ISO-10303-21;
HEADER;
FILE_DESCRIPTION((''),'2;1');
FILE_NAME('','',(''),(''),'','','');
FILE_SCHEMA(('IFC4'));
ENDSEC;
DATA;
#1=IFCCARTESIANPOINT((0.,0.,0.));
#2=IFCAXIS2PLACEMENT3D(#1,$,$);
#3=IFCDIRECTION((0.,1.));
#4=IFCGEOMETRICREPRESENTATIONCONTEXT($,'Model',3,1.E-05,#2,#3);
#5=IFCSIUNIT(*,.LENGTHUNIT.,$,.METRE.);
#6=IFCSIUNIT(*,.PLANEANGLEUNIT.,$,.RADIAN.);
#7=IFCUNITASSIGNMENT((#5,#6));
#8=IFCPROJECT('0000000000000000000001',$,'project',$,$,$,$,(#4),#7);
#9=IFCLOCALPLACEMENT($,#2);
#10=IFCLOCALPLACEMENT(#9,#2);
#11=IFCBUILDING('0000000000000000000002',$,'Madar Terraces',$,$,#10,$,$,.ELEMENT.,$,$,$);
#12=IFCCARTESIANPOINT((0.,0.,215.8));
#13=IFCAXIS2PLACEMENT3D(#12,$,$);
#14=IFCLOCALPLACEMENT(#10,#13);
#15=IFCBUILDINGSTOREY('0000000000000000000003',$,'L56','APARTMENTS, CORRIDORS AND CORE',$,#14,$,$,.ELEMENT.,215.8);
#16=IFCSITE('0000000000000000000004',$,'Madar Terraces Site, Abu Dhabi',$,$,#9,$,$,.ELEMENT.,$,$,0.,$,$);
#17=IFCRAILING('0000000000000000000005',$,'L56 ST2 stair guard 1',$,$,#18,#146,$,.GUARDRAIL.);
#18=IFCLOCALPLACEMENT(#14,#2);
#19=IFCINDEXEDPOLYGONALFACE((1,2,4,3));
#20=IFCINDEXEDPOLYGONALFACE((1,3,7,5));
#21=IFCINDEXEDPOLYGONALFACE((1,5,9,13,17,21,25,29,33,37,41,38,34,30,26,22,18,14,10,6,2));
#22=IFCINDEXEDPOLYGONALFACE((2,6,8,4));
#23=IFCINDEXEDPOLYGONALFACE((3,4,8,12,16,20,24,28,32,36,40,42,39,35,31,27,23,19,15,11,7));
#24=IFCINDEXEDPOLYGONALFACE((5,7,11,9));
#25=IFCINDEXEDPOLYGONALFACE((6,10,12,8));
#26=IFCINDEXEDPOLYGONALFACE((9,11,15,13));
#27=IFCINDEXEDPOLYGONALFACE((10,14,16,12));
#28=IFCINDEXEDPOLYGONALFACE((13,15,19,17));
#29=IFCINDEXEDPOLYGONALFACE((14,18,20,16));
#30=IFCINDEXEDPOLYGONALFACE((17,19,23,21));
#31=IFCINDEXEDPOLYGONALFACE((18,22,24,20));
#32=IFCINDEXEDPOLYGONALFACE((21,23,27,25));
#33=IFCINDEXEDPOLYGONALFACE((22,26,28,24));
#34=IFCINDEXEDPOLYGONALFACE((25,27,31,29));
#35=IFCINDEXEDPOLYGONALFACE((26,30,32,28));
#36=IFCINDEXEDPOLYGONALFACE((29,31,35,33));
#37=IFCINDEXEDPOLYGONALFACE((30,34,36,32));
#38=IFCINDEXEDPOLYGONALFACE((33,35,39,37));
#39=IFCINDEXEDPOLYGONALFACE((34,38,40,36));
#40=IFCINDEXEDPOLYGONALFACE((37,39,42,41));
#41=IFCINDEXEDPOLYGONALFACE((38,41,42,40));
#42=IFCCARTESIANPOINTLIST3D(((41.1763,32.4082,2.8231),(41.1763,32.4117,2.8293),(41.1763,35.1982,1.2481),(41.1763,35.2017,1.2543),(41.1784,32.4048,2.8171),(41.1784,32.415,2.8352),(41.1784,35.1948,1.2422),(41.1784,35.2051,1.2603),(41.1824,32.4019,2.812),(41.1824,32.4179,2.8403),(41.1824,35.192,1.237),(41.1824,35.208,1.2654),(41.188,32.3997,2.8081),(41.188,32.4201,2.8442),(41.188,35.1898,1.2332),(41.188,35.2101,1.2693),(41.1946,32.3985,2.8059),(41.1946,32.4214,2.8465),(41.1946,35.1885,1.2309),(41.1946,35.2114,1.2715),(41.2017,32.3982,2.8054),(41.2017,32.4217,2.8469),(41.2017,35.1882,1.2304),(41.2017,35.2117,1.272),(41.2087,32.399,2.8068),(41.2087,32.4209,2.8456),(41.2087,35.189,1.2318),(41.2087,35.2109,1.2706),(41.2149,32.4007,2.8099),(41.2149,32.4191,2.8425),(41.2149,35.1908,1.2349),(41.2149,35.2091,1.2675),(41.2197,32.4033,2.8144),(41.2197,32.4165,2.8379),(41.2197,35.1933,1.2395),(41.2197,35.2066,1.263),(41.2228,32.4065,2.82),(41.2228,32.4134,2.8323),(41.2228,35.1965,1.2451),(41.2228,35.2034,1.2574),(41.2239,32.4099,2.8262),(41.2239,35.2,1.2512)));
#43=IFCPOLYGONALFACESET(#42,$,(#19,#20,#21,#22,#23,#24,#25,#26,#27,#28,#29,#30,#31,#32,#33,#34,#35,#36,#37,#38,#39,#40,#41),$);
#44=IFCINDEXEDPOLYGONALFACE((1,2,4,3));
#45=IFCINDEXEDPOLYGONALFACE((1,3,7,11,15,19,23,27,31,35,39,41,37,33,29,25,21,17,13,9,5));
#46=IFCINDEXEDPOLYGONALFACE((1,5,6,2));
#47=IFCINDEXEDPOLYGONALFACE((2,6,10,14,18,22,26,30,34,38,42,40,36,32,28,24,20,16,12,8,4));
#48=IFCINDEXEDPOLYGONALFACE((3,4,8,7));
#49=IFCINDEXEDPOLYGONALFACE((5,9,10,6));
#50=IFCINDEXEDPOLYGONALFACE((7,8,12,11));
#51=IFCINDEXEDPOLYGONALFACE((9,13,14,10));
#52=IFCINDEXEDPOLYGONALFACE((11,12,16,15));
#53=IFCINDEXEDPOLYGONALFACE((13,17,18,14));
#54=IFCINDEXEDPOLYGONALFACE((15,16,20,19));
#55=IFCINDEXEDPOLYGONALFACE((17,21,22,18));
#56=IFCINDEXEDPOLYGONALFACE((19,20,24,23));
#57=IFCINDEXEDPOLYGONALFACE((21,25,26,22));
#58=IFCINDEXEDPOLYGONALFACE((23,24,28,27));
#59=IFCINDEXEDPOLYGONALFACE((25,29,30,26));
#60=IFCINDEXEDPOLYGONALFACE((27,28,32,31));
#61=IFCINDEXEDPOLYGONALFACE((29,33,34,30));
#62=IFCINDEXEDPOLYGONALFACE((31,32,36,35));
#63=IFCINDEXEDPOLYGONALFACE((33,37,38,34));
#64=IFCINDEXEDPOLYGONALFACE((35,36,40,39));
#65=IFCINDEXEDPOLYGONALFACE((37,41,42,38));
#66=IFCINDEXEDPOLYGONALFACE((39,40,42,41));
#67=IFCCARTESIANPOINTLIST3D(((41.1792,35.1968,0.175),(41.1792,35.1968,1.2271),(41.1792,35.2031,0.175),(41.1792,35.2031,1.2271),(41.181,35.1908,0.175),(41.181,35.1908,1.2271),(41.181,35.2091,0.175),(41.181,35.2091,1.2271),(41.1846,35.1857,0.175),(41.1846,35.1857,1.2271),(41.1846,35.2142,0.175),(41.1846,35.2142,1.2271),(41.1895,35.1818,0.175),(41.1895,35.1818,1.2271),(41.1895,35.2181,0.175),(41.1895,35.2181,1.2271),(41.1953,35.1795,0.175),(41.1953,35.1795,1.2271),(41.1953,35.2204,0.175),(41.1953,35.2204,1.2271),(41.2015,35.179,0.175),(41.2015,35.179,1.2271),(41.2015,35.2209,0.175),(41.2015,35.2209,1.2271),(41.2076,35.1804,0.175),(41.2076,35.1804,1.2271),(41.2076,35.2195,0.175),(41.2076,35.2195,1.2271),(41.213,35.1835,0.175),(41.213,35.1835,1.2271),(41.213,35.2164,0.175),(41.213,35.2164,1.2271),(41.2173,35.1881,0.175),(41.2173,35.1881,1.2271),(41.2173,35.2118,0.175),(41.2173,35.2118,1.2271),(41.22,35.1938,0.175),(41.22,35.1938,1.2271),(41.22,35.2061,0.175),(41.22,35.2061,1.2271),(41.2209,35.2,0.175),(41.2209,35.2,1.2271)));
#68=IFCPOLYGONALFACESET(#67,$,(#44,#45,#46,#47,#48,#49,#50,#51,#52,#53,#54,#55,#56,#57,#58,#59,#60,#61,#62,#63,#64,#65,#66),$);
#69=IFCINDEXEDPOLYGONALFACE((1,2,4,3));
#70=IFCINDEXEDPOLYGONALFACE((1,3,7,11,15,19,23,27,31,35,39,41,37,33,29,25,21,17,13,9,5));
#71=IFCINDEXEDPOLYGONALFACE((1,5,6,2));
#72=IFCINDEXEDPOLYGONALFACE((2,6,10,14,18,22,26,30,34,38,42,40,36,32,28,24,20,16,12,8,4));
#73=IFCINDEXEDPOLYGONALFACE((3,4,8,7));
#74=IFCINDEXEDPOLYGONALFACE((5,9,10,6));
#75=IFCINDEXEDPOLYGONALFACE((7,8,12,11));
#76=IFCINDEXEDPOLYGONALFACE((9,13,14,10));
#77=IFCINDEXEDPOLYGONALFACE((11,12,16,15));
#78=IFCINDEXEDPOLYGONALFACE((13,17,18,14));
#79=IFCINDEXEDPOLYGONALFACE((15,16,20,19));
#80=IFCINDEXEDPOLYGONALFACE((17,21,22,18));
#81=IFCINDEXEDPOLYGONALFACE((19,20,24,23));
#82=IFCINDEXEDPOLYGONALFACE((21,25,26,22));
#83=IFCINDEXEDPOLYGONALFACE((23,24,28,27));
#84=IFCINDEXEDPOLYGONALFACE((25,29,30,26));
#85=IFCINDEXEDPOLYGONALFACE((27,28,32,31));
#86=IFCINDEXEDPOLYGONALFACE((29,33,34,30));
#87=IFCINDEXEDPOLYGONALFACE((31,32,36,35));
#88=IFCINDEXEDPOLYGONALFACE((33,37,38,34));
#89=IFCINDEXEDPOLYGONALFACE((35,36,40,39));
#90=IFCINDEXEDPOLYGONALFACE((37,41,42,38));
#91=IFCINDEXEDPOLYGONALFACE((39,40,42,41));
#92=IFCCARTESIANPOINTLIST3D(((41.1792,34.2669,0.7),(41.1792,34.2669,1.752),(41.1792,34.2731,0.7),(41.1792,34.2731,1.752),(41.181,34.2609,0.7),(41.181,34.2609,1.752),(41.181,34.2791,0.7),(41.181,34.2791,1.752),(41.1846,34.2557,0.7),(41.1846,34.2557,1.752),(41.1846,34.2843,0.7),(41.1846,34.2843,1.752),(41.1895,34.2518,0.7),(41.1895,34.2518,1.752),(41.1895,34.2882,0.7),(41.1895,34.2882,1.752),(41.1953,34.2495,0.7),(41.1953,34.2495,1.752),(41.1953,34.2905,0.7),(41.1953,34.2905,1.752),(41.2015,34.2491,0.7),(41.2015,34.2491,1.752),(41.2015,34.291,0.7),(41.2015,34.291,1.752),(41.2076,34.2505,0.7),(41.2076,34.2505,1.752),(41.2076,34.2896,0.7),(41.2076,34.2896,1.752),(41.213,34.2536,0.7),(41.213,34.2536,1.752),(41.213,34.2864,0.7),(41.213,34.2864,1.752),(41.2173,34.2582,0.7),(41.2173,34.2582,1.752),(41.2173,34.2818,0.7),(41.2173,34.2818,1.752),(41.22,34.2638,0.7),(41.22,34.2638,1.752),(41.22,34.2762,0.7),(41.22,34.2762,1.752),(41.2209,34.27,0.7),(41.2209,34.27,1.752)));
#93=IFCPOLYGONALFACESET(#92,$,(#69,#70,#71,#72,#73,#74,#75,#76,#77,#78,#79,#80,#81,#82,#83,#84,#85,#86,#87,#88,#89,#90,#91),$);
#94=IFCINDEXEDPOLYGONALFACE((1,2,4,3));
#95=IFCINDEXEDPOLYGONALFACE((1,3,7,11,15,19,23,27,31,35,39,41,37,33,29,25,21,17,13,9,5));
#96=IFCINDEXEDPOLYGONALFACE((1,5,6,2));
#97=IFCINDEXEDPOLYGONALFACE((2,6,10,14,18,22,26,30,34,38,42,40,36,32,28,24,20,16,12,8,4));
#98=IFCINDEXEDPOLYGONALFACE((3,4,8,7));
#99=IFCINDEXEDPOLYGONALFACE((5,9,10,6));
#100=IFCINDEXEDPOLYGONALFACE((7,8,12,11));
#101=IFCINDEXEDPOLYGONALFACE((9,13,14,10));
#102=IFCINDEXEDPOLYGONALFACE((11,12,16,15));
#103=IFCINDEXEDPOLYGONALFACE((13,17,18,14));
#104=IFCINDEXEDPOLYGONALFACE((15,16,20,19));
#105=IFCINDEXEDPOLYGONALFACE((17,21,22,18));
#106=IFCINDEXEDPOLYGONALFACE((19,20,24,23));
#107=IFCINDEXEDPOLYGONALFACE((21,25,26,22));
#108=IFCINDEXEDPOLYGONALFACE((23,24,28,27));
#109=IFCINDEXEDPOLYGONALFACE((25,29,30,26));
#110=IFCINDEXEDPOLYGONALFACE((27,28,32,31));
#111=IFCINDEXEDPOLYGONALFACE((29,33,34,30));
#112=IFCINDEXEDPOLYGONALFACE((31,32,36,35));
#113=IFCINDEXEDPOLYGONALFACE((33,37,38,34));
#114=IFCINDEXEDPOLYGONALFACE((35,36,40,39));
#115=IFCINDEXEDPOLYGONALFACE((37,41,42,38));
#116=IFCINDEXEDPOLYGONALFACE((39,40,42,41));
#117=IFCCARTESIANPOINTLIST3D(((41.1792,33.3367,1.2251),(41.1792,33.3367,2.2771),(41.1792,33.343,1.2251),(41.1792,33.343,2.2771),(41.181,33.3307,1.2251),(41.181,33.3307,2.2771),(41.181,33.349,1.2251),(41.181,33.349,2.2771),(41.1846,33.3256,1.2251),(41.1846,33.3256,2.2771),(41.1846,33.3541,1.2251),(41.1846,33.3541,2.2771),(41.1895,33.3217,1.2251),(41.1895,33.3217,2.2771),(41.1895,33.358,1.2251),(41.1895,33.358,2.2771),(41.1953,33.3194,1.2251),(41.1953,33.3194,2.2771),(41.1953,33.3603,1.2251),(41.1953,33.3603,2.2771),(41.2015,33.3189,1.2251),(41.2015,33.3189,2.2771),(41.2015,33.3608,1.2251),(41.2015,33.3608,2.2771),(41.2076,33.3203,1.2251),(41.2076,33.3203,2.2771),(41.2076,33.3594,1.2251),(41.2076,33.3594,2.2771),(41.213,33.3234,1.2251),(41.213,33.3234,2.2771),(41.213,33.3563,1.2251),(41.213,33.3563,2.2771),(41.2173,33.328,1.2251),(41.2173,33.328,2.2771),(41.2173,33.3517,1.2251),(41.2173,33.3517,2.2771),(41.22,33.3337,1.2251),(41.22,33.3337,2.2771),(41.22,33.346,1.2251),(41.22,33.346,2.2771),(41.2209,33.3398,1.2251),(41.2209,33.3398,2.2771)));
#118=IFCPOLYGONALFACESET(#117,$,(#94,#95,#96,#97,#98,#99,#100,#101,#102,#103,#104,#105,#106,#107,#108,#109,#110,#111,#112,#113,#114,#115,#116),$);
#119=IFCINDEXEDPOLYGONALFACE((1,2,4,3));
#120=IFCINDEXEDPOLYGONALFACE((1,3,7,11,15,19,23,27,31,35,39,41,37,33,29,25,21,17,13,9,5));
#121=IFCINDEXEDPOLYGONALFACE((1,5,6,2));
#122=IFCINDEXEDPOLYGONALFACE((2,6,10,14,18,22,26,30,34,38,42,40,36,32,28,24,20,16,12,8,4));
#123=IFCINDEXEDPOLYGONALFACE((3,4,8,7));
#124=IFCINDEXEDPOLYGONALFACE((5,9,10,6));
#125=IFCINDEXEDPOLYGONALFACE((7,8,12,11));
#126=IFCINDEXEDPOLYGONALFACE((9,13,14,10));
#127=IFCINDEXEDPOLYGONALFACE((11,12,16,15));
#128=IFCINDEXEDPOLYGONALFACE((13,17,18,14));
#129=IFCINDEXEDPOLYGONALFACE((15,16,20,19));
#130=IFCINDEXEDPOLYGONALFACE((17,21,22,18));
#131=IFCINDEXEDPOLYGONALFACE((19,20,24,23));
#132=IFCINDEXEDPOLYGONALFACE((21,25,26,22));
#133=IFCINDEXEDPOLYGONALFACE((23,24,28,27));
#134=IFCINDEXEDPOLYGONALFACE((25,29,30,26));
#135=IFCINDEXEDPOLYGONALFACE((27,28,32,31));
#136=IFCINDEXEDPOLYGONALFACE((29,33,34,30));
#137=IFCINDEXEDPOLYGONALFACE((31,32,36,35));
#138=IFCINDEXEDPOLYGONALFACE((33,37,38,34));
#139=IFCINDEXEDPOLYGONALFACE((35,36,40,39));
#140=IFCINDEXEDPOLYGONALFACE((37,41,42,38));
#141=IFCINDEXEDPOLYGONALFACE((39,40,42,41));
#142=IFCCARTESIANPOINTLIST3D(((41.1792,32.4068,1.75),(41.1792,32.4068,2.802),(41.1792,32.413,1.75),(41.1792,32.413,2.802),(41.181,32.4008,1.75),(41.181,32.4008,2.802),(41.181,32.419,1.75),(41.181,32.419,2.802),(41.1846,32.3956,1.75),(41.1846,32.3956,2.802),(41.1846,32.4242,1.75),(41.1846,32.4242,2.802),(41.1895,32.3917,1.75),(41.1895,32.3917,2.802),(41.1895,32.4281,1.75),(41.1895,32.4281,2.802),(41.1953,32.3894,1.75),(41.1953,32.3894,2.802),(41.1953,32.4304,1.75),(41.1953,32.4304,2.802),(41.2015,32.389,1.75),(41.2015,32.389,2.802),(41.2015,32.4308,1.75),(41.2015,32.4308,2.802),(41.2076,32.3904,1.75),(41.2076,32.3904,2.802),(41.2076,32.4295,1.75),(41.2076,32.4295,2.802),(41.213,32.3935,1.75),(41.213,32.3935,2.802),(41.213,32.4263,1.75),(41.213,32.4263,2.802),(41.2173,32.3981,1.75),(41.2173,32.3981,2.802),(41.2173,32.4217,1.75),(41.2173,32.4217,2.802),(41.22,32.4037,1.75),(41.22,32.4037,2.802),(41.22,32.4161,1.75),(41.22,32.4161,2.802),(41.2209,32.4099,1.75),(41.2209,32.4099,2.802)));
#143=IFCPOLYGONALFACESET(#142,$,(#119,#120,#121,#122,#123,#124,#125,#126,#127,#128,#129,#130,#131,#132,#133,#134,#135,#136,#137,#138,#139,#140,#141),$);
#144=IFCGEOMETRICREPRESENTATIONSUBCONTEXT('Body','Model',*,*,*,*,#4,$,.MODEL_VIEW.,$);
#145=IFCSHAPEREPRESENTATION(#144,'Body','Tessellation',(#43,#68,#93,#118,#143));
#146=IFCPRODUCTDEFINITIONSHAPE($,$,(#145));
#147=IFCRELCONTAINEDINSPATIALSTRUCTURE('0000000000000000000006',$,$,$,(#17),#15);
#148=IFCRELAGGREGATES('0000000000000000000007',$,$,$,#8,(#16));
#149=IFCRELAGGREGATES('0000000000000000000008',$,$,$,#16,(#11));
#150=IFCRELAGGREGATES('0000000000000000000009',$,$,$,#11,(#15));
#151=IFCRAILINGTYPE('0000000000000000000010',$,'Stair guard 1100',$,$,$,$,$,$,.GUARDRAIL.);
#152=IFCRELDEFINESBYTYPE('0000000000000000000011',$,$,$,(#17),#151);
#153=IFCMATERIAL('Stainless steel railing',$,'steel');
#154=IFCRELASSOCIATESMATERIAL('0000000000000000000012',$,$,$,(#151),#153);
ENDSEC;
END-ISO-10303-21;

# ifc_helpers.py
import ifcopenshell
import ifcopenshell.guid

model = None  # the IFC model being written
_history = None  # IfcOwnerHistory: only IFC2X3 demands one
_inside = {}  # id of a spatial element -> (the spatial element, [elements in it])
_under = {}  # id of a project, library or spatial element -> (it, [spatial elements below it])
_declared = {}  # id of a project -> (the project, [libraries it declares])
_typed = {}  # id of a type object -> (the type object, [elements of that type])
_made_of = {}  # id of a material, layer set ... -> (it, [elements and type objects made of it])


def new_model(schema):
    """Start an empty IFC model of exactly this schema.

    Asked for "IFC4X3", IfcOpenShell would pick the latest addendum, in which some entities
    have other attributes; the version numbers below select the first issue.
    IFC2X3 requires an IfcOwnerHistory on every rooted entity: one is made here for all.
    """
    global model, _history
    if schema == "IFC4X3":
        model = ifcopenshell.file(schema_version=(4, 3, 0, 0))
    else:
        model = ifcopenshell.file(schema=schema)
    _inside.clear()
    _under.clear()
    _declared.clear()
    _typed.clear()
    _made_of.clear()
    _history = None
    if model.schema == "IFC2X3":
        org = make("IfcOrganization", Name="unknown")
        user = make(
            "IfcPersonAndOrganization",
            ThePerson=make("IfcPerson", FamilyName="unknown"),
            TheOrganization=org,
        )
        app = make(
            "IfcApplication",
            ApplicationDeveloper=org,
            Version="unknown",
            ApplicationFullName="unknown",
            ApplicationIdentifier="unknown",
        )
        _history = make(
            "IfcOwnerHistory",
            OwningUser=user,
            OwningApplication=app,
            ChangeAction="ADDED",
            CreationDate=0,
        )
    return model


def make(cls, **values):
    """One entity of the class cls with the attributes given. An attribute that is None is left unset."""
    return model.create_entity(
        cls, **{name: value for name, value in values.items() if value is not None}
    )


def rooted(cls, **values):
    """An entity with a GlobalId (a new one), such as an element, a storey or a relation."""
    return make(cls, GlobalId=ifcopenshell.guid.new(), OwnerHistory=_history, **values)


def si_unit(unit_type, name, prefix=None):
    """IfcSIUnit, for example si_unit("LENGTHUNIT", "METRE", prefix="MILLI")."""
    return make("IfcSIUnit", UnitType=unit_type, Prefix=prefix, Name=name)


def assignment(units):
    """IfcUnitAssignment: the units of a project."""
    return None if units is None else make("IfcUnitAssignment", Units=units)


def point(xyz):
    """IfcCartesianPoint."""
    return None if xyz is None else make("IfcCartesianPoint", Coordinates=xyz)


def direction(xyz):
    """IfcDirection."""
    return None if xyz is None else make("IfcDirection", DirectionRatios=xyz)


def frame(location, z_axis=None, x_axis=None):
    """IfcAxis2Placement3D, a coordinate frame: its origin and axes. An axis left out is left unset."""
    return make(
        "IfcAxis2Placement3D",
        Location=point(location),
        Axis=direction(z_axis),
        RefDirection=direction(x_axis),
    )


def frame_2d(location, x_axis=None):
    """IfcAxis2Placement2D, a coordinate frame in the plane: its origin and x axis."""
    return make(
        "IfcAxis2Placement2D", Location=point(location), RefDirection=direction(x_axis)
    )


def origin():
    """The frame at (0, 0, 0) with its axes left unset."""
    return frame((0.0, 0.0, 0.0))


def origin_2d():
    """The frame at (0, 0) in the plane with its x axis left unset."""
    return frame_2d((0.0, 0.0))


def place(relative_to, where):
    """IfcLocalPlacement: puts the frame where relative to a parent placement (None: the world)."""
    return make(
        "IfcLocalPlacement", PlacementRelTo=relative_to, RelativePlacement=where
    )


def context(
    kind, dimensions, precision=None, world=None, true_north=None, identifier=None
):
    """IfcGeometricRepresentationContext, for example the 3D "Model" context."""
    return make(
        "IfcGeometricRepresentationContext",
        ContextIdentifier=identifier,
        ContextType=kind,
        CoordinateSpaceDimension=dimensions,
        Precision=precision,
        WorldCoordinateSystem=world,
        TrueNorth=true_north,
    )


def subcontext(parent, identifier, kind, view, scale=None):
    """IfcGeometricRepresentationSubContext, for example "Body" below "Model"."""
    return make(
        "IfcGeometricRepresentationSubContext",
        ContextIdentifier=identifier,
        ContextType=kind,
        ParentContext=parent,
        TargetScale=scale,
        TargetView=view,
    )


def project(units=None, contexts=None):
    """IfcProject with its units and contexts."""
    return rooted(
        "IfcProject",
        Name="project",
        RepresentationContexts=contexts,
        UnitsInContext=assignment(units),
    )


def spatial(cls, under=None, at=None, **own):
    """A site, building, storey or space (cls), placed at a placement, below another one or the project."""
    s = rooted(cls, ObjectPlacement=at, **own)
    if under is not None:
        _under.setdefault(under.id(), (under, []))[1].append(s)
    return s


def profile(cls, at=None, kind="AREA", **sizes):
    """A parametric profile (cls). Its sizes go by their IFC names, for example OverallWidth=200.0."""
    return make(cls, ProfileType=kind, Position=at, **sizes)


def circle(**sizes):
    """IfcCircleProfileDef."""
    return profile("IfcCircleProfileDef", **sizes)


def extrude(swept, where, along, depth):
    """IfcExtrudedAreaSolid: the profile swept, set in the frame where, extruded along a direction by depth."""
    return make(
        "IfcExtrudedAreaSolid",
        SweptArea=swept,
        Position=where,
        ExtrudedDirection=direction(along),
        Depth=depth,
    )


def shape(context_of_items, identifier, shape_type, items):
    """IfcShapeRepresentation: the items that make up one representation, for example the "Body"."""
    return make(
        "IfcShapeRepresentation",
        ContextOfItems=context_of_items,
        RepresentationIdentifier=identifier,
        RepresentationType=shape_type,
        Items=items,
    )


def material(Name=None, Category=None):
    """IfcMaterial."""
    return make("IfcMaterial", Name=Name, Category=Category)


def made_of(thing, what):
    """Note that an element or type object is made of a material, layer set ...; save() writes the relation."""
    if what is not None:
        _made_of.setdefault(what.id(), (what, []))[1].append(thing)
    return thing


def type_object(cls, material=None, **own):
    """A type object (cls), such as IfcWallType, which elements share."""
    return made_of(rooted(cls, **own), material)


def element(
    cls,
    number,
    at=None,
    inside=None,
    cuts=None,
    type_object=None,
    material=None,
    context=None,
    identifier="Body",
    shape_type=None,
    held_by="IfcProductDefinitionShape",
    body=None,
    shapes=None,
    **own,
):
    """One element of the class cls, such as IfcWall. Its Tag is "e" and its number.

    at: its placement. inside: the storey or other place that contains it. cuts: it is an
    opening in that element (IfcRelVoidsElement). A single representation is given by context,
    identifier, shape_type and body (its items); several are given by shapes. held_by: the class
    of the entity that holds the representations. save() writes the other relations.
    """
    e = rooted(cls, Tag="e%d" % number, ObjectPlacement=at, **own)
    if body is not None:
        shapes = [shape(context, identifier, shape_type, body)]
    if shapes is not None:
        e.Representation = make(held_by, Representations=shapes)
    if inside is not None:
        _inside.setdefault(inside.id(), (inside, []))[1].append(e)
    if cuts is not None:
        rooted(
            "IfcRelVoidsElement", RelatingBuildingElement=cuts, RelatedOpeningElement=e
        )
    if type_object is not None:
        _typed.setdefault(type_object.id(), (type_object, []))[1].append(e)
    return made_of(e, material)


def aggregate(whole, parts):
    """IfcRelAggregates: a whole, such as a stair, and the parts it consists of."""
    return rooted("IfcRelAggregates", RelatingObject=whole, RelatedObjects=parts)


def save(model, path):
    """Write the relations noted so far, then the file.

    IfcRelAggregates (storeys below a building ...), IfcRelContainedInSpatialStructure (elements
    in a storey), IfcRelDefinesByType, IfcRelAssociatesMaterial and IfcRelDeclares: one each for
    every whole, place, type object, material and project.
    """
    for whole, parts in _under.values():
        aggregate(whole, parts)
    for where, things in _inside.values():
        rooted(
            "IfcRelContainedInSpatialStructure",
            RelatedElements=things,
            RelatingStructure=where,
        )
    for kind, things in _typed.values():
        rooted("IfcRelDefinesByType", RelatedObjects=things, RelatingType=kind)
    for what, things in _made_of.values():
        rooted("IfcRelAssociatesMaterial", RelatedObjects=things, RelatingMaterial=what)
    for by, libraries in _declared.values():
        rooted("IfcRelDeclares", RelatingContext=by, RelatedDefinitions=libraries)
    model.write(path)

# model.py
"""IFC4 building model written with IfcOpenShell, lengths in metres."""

from ifc_helpers import new_model, si_unit, direction, frame, origin, origin_2d, place, context, subcontext, project, spatial, circle, extrude, material, type_object, element, save


model = new_model("IFC4")

# Units and contexts
model_context = context("Model", 3, precision=1e-05, world=origin(), true_north=direction((0.0, 1.0)))
body_context = subcontext(model_context, "Body", "Model", "MODEL_VIEW")
ifc_project = project(units=[si_unit("LENGTHUNIT", "METRE"), si_unit("PLANEANGLEUNIT", "RADIAN")], contexts=[model_context])

# Site, building, storey
site_placement = place(None, origin())
site = spatial("IfcSite", under=ifc_project, at=site_placement, Name="Madar Terraces Site, Abu Dhabi", CompositionType="ELEMENT", RefElevation=0.0)
building_placement = place(site_placement, origin())
building = spatial("IfcBuilding", under=site, at=building_placement, Name="Madar Terraces", CompositionType="ELEMENT")
storey_placement = place(building_placement, frame((0.0, 0.0, 215.8)))
storey = spatial("IfcBuildingStorey", under=building, at=storey_placement, Name="L56", Description="APARTMENTS, CORRIDORS AND CORE", CompositionType="ELEMENT", Elevation=215.8)

# Railing
ifc_material_1 = material(Name="Stainless steel railing", Category="steel")
railing_type_1 = type_object("IfcRailingType", Name="Stair guard 1100", PredefinedType="GUARDRAIL", material=ifc_material_1)
railing_1_placement = place(storey_placement, frame((41.2, 35.2, 0.175)))
element("IfcRailing", 1, at=railing_1_placement, inside=storey, type_object=railing_type_1, Name="L56 ST2 stair guard 1", PredefinedType="GUARDRAIL", context=body_context, shape_type="SweptSolid", body=[
    extrude(circle(Radius=0.0239, at=origin_2d()), frame((0.0, 0.0, 1.0762), z_axis=(0.0, -0.870834, 0.491578), x_axis=(1.0, 0.0, 0.0)), (0.0, 0.0, 1.0), 3.2039),
    extrude(circle(Radius=0.021, at=origin_2d()), origin(), (0.0, 0.0, 1.0), 1.052),
    extrude(circle(Radius=0.021, at=origin_2d()), frame((0.0, -0.9299, 0.5249)), (0.0, 0.0, 1.0), 1.052),
    extrude(circle(Radius=0.021, at=origin_2d()), frame((0.0, -1.8601, 1.05)), (0.0, 0.0, 1.0), 1.052),
    extrude(circle(Radius=0.021, at=origin_2d()), frame((0.0, -2.79, 1.575)), (0.0, 0.0, 1.0), 1.052),
])

save(model, "model.ifc")
